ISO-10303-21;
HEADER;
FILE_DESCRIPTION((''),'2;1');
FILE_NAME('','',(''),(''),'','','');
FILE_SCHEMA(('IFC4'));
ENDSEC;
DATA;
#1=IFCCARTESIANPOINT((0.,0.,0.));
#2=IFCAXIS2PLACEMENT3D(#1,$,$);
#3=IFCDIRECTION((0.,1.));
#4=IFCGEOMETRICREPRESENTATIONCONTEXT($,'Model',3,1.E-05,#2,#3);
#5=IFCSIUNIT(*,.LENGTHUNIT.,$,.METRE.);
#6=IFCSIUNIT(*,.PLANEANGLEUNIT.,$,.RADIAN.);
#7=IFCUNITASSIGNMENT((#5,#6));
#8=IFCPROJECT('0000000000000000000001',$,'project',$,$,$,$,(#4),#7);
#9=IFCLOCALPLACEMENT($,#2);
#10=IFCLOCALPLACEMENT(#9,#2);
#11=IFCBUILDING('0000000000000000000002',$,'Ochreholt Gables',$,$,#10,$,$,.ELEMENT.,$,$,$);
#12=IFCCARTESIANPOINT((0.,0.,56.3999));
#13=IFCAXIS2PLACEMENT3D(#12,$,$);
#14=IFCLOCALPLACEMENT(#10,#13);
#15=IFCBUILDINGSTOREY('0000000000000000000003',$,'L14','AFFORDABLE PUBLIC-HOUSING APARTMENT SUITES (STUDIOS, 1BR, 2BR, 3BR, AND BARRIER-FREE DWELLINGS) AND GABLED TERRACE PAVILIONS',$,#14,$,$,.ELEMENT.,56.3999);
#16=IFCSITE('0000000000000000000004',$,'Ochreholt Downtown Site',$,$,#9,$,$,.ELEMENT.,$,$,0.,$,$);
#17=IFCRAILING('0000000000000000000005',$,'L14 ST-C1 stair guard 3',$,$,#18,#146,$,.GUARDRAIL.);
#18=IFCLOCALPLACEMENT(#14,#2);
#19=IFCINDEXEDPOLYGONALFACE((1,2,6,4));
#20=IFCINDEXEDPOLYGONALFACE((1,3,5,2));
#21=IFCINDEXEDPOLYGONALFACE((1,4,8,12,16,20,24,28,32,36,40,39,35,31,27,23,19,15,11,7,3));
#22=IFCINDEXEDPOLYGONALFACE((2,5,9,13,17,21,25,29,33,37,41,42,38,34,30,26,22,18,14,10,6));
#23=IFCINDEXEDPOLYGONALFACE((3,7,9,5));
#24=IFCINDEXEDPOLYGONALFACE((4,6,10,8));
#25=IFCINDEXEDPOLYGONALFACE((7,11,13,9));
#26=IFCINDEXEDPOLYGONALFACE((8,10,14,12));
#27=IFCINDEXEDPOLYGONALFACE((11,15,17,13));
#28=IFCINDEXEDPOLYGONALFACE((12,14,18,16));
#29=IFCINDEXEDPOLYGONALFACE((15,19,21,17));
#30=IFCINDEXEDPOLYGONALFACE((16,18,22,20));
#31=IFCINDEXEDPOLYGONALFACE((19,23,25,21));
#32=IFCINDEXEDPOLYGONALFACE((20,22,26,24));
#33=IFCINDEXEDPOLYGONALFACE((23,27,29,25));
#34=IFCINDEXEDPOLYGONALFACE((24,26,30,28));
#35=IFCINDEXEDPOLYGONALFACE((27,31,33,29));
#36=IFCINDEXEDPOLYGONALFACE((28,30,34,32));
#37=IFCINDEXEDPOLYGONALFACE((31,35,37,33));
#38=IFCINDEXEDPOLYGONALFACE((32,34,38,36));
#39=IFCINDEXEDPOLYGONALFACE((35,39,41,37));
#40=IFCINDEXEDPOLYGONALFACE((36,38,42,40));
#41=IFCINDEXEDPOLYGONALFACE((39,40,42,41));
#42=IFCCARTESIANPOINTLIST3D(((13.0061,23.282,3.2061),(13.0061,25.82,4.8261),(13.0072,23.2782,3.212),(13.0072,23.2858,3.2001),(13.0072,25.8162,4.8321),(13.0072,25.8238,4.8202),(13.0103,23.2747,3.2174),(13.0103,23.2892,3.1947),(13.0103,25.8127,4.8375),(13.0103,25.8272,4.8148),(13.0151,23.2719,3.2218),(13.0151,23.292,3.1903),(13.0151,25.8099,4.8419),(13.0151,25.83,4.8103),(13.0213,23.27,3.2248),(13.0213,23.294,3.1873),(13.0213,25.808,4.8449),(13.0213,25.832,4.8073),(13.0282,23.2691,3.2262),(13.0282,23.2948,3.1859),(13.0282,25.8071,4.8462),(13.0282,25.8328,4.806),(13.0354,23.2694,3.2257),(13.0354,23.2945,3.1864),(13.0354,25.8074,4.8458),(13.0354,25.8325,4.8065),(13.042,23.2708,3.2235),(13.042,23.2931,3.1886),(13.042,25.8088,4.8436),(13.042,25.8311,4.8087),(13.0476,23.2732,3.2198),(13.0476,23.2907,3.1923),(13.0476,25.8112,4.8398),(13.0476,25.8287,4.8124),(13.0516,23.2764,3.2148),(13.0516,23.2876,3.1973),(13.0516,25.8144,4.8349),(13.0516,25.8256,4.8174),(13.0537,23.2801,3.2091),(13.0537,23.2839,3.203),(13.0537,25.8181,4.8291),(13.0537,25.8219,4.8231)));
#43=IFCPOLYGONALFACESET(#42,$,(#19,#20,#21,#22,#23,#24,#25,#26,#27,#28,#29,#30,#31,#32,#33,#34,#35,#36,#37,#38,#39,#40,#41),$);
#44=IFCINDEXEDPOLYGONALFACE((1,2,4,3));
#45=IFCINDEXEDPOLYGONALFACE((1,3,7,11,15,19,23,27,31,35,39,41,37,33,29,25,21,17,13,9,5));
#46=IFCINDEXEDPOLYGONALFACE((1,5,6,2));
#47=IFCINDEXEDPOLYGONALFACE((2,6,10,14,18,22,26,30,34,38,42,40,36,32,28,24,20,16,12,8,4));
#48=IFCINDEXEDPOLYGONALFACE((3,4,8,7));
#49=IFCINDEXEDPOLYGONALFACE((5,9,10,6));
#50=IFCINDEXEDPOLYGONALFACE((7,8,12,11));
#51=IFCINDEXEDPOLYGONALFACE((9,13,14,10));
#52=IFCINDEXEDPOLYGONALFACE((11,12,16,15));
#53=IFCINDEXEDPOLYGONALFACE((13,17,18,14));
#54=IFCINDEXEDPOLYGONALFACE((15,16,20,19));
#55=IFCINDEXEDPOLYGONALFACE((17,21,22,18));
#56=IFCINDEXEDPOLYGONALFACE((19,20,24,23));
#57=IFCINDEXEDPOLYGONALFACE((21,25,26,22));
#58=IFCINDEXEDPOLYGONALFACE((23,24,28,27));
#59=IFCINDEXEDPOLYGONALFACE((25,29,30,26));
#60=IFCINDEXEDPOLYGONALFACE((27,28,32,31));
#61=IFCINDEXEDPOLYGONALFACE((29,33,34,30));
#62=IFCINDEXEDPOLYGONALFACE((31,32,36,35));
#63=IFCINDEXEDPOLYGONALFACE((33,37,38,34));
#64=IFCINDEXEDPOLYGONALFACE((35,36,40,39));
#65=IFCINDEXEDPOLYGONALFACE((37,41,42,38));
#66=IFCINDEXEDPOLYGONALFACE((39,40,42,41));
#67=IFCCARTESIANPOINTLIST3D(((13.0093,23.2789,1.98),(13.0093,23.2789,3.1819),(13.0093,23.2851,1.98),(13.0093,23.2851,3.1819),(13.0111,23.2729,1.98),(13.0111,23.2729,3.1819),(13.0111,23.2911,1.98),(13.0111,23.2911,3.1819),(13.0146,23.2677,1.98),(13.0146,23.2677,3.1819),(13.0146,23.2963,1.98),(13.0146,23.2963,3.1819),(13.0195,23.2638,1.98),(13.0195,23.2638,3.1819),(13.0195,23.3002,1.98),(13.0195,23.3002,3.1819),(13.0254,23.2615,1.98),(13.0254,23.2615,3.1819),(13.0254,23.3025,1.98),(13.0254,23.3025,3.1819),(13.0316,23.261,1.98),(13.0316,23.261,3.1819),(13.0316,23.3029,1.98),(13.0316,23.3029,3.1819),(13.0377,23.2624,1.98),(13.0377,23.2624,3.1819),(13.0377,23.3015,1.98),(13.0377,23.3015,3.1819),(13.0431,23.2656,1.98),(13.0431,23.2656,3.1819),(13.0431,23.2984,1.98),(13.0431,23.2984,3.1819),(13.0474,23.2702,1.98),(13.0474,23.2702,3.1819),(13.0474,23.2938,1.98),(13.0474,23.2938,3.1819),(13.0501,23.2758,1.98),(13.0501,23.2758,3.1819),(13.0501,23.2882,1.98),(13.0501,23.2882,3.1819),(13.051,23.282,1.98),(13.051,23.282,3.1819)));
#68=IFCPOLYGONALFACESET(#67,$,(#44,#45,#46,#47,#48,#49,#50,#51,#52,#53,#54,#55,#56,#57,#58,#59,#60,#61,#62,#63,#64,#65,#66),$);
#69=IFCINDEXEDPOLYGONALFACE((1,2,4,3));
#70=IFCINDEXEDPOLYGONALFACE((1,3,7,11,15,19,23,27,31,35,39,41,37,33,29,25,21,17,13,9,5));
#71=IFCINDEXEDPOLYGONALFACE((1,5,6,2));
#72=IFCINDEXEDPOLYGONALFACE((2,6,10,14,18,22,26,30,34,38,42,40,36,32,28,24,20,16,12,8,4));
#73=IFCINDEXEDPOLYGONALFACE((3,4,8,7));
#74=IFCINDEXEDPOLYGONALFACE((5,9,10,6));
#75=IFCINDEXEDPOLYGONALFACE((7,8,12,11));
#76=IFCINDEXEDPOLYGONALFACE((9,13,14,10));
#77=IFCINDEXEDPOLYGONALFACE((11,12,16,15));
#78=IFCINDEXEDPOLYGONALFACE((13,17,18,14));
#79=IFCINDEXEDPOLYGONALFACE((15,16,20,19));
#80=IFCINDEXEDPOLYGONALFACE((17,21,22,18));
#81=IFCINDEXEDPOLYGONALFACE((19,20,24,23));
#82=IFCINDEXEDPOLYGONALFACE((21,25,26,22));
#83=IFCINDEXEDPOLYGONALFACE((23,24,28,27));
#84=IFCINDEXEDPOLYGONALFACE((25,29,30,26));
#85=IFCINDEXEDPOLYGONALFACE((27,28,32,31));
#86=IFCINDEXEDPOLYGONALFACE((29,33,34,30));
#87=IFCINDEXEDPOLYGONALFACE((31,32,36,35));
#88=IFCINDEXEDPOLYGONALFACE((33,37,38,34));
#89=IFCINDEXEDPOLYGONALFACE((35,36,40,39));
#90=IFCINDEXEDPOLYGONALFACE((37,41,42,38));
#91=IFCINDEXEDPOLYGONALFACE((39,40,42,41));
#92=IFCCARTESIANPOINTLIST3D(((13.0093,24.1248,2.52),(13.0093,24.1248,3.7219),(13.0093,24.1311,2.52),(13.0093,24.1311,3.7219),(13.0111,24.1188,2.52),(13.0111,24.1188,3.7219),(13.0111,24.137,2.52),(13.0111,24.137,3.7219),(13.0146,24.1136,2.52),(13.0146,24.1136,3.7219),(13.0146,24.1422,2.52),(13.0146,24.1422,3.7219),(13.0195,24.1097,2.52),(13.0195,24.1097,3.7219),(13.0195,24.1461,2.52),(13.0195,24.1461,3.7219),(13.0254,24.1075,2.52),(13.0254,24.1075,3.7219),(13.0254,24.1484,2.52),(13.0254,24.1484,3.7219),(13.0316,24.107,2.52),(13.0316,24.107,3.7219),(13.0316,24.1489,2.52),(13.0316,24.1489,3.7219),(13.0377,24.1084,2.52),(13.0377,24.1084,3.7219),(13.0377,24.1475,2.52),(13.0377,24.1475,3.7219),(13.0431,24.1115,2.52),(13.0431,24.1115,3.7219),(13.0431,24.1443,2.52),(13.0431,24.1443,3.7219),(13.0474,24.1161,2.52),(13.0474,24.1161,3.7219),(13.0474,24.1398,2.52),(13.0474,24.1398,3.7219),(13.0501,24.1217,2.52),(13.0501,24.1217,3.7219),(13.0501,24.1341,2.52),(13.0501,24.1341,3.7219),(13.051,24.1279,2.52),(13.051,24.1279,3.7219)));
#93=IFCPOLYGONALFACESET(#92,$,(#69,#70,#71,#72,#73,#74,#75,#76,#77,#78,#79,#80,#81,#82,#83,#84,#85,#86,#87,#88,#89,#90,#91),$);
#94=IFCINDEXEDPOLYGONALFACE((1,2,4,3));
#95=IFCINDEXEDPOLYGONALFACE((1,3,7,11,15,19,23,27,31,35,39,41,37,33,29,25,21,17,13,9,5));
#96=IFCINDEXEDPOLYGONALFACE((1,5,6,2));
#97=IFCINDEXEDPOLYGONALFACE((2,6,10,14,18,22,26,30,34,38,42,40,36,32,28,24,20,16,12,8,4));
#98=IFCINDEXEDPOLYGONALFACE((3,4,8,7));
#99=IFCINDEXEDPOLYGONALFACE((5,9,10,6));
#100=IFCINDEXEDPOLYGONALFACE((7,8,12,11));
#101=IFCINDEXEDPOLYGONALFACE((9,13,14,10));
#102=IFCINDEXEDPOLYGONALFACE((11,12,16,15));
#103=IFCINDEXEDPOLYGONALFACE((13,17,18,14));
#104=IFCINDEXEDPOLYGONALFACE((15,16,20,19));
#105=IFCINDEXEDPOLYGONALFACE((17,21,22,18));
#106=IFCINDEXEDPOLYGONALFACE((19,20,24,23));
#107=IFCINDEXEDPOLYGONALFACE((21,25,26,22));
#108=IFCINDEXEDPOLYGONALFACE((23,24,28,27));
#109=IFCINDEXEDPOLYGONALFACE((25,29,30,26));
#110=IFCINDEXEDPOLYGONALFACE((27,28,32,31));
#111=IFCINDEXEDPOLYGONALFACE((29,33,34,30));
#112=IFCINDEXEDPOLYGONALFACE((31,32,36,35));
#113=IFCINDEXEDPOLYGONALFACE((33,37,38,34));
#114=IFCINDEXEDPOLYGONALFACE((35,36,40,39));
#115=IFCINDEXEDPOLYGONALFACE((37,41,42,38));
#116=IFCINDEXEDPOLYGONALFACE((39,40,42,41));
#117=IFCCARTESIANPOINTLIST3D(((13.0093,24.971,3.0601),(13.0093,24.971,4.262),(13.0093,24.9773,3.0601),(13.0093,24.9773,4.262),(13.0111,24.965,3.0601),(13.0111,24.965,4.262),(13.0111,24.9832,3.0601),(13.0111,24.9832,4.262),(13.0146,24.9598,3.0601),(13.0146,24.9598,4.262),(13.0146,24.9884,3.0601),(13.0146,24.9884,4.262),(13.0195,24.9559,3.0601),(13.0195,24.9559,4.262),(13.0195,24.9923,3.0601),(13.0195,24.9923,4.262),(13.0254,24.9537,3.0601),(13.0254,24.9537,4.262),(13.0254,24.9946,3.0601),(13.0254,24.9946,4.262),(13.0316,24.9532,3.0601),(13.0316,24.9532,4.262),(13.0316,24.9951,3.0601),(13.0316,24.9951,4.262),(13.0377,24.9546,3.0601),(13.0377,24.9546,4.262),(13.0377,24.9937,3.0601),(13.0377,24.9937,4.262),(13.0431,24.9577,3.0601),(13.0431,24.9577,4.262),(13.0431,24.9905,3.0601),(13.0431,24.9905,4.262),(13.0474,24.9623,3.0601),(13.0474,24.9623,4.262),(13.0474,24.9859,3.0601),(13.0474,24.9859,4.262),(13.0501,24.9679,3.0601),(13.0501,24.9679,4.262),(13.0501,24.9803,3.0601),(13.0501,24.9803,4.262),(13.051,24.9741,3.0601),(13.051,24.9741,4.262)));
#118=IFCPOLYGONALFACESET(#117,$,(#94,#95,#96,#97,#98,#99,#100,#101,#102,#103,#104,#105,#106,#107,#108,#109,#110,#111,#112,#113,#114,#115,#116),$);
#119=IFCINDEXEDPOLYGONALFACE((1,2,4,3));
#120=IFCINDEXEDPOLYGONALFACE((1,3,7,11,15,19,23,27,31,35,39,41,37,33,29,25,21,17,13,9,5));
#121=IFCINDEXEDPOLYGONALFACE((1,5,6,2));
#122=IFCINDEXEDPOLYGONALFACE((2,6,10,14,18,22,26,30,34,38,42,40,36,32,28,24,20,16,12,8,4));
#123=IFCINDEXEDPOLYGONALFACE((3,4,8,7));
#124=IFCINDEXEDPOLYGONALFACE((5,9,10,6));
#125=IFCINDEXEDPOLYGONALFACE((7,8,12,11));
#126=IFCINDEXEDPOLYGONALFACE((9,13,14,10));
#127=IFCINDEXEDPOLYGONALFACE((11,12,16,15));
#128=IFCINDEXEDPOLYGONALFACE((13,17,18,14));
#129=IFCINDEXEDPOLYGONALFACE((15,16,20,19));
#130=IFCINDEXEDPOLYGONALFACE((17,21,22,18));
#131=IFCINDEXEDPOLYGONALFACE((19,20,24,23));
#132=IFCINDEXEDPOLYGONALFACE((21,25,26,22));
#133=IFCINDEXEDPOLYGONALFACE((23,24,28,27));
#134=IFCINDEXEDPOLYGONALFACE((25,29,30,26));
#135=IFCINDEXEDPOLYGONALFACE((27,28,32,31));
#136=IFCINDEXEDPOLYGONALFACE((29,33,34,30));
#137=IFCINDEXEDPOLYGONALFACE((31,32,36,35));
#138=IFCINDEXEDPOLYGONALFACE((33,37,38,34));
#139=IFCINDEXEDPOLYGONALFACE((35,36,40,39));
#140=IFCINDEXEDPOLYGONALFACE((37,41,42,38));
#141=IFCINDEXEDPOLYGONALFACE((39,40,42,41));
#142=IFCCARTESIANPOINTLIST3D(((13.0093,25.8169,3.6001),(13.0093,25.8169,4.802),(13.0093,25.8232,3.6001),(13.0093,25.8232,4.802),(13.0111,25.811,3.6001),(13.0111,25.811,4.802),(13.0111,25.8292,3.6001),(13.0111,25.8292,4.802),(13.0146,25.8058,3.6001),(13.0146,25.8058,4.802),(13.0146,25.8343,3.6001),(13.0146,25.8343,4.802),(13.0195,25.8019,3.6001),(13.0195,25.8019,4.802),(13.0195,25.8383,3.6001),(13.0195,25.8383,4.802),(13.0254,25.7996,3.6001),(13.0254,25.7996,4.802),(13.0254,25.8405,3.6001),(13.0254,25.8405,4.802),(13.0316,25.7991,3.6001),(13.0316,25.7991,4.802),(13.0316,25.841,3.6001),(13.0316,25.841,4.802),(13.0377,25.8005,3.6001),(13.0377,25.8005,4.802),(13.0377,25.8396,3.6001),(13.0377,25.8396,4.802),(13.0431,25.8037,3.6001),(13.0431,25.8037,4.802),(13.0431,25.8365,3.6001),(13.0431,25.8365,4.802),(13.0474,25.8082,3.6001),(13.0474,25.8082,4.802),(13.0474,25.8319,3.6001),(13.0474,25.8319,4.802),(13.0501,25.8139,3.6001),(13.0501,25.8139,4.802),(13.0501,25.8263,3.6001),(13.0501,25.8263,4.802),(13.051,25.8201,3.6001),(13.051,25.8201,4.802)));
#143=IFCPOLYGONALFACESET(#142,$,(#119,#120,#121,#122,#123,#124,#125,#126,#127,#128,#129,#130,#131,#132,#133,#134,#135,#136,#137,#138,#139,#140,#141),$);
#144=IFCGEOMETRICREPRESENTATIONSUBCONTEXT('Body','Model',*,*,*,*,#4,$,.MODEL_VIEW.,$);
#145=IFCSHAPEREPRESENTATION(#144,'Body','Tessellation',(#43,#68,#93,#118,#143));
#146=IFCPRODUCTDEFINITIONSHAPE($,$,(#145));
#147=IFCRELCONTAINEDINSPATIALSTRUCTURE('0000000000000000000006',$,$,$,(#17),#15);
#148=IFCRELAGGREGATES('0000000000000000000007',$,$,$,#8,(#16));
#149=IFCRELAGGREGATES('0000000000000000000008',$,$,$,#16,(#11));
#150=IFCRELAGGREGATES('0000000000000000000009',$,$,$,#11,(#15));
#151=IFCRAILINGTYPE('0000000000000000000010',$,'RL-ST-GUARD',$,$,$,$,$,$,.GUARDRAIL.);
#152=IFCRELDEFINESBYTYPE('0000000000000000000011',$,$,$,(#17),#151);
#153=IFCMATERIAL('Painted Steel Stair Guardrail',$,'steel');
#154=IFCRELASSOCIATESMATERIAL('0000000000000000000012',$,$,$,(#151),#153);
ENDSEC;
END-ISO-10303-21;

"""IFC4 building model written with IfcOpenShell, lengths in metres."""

from ifc_helpers import new_model, si_unit, direction, frame, origin, origin_2d, place, context, subcontext, project, spatial, circle, extrude, material, type_object, element, save


model = new_model("IFC4")

# Units and contexts
model_context = context("Model", 3, precision=1e-05, world=origin(), true_north=direction((0.0, 1.0)))
body_context = subcontext(model_context, "Body", "Model", "MODEL_VIEW")
ifc_project = project(units=[si_unit("LENGTHUNIT", "METRE"), si_unit("PLANEANGLEUNIT", "RADIAN")], contexts=[model_context])

# Site, building, storey
site_placement = place(None, origin())
site = spatial("IfcSite", under=ifc_project, at=site_placement, Name="Ochreholt Downtown Site", CompositionType="ELEMENT", RefElevation=0.0)
building_placement = place(site_placement, origin())
building = spatial("IfcBuilding", under=site, at=building_placement, Name="Ochreholt Gables", CompositionType="ELEMENT")
storey_placement = place(building_placement, frame((0.0, 0.0, 56.3999)))
storey = spatial("IfcBuildingStorey", under=building, at=storey_placement, Name="L14", Description="AFFORDABLE PUBLIC-HOUSING APARTMENT SUITES (STUDIOS, 1BR, 2BR, 3BR, AND BARRIER-FREE DWELLINGS) AND GABLED TERRACE PAVILIONS", CompositionType="ELEMENT", Elevation=56.3999)

# Railing
ifc_material_1 = material(Name="Painted Steel Stair Guardrail", Category="steel")
railing_type_1 = type_object("IfcRailingType", Name="RL-ST-GUARD", PredefinedType="GUARDRAIL", material=ifc_material_1)
railing_1_placement = place(storey_placement, frame((13.03, 23.282, 1.98)))
element("IfcRailing", 1, at=railing_1_placement, inside=storey, type_object=railing_type_1, Name="L14 ST-C1 stair guard 3", PredefinedType="GUARDRAIL", context=body_context, shape_type="SweptSolid", body=[
    extrude(circle(Radius=0.0239, at=origin_2d()), frame((0.0, 0.0, 1.2261), z_axis=(0.0, 0.842913, 0.53805), x_axis=(-1.0, 0.0, 0.0)), (0.0, 0.0, 1.0), 3.011),
    extrude(circle(Radius=0.021, at=origin_2d()), origin(), (0.0, 0.0, 1.0), 1.2019),
    extrude(circle(Radius=0.021, at=origin_2d()), frame((0.0, 0.8459, 0.54)), (0.0, 0.0, 1.0), 1.2019),
    extrude(circle(Radius=0.021, at=origin_2d()), frame((0.0, 1.6921, 1.0801)), (0.0, 0.0, 1.0), 1.2019),
    extrude(circle(Radius=0.021, at=origin_2d()), frame((0.0, 2.5381, 1.6201)), (0.0, 0.0, 1.0), 1.2019),
])

save(model, "model.ifc")
